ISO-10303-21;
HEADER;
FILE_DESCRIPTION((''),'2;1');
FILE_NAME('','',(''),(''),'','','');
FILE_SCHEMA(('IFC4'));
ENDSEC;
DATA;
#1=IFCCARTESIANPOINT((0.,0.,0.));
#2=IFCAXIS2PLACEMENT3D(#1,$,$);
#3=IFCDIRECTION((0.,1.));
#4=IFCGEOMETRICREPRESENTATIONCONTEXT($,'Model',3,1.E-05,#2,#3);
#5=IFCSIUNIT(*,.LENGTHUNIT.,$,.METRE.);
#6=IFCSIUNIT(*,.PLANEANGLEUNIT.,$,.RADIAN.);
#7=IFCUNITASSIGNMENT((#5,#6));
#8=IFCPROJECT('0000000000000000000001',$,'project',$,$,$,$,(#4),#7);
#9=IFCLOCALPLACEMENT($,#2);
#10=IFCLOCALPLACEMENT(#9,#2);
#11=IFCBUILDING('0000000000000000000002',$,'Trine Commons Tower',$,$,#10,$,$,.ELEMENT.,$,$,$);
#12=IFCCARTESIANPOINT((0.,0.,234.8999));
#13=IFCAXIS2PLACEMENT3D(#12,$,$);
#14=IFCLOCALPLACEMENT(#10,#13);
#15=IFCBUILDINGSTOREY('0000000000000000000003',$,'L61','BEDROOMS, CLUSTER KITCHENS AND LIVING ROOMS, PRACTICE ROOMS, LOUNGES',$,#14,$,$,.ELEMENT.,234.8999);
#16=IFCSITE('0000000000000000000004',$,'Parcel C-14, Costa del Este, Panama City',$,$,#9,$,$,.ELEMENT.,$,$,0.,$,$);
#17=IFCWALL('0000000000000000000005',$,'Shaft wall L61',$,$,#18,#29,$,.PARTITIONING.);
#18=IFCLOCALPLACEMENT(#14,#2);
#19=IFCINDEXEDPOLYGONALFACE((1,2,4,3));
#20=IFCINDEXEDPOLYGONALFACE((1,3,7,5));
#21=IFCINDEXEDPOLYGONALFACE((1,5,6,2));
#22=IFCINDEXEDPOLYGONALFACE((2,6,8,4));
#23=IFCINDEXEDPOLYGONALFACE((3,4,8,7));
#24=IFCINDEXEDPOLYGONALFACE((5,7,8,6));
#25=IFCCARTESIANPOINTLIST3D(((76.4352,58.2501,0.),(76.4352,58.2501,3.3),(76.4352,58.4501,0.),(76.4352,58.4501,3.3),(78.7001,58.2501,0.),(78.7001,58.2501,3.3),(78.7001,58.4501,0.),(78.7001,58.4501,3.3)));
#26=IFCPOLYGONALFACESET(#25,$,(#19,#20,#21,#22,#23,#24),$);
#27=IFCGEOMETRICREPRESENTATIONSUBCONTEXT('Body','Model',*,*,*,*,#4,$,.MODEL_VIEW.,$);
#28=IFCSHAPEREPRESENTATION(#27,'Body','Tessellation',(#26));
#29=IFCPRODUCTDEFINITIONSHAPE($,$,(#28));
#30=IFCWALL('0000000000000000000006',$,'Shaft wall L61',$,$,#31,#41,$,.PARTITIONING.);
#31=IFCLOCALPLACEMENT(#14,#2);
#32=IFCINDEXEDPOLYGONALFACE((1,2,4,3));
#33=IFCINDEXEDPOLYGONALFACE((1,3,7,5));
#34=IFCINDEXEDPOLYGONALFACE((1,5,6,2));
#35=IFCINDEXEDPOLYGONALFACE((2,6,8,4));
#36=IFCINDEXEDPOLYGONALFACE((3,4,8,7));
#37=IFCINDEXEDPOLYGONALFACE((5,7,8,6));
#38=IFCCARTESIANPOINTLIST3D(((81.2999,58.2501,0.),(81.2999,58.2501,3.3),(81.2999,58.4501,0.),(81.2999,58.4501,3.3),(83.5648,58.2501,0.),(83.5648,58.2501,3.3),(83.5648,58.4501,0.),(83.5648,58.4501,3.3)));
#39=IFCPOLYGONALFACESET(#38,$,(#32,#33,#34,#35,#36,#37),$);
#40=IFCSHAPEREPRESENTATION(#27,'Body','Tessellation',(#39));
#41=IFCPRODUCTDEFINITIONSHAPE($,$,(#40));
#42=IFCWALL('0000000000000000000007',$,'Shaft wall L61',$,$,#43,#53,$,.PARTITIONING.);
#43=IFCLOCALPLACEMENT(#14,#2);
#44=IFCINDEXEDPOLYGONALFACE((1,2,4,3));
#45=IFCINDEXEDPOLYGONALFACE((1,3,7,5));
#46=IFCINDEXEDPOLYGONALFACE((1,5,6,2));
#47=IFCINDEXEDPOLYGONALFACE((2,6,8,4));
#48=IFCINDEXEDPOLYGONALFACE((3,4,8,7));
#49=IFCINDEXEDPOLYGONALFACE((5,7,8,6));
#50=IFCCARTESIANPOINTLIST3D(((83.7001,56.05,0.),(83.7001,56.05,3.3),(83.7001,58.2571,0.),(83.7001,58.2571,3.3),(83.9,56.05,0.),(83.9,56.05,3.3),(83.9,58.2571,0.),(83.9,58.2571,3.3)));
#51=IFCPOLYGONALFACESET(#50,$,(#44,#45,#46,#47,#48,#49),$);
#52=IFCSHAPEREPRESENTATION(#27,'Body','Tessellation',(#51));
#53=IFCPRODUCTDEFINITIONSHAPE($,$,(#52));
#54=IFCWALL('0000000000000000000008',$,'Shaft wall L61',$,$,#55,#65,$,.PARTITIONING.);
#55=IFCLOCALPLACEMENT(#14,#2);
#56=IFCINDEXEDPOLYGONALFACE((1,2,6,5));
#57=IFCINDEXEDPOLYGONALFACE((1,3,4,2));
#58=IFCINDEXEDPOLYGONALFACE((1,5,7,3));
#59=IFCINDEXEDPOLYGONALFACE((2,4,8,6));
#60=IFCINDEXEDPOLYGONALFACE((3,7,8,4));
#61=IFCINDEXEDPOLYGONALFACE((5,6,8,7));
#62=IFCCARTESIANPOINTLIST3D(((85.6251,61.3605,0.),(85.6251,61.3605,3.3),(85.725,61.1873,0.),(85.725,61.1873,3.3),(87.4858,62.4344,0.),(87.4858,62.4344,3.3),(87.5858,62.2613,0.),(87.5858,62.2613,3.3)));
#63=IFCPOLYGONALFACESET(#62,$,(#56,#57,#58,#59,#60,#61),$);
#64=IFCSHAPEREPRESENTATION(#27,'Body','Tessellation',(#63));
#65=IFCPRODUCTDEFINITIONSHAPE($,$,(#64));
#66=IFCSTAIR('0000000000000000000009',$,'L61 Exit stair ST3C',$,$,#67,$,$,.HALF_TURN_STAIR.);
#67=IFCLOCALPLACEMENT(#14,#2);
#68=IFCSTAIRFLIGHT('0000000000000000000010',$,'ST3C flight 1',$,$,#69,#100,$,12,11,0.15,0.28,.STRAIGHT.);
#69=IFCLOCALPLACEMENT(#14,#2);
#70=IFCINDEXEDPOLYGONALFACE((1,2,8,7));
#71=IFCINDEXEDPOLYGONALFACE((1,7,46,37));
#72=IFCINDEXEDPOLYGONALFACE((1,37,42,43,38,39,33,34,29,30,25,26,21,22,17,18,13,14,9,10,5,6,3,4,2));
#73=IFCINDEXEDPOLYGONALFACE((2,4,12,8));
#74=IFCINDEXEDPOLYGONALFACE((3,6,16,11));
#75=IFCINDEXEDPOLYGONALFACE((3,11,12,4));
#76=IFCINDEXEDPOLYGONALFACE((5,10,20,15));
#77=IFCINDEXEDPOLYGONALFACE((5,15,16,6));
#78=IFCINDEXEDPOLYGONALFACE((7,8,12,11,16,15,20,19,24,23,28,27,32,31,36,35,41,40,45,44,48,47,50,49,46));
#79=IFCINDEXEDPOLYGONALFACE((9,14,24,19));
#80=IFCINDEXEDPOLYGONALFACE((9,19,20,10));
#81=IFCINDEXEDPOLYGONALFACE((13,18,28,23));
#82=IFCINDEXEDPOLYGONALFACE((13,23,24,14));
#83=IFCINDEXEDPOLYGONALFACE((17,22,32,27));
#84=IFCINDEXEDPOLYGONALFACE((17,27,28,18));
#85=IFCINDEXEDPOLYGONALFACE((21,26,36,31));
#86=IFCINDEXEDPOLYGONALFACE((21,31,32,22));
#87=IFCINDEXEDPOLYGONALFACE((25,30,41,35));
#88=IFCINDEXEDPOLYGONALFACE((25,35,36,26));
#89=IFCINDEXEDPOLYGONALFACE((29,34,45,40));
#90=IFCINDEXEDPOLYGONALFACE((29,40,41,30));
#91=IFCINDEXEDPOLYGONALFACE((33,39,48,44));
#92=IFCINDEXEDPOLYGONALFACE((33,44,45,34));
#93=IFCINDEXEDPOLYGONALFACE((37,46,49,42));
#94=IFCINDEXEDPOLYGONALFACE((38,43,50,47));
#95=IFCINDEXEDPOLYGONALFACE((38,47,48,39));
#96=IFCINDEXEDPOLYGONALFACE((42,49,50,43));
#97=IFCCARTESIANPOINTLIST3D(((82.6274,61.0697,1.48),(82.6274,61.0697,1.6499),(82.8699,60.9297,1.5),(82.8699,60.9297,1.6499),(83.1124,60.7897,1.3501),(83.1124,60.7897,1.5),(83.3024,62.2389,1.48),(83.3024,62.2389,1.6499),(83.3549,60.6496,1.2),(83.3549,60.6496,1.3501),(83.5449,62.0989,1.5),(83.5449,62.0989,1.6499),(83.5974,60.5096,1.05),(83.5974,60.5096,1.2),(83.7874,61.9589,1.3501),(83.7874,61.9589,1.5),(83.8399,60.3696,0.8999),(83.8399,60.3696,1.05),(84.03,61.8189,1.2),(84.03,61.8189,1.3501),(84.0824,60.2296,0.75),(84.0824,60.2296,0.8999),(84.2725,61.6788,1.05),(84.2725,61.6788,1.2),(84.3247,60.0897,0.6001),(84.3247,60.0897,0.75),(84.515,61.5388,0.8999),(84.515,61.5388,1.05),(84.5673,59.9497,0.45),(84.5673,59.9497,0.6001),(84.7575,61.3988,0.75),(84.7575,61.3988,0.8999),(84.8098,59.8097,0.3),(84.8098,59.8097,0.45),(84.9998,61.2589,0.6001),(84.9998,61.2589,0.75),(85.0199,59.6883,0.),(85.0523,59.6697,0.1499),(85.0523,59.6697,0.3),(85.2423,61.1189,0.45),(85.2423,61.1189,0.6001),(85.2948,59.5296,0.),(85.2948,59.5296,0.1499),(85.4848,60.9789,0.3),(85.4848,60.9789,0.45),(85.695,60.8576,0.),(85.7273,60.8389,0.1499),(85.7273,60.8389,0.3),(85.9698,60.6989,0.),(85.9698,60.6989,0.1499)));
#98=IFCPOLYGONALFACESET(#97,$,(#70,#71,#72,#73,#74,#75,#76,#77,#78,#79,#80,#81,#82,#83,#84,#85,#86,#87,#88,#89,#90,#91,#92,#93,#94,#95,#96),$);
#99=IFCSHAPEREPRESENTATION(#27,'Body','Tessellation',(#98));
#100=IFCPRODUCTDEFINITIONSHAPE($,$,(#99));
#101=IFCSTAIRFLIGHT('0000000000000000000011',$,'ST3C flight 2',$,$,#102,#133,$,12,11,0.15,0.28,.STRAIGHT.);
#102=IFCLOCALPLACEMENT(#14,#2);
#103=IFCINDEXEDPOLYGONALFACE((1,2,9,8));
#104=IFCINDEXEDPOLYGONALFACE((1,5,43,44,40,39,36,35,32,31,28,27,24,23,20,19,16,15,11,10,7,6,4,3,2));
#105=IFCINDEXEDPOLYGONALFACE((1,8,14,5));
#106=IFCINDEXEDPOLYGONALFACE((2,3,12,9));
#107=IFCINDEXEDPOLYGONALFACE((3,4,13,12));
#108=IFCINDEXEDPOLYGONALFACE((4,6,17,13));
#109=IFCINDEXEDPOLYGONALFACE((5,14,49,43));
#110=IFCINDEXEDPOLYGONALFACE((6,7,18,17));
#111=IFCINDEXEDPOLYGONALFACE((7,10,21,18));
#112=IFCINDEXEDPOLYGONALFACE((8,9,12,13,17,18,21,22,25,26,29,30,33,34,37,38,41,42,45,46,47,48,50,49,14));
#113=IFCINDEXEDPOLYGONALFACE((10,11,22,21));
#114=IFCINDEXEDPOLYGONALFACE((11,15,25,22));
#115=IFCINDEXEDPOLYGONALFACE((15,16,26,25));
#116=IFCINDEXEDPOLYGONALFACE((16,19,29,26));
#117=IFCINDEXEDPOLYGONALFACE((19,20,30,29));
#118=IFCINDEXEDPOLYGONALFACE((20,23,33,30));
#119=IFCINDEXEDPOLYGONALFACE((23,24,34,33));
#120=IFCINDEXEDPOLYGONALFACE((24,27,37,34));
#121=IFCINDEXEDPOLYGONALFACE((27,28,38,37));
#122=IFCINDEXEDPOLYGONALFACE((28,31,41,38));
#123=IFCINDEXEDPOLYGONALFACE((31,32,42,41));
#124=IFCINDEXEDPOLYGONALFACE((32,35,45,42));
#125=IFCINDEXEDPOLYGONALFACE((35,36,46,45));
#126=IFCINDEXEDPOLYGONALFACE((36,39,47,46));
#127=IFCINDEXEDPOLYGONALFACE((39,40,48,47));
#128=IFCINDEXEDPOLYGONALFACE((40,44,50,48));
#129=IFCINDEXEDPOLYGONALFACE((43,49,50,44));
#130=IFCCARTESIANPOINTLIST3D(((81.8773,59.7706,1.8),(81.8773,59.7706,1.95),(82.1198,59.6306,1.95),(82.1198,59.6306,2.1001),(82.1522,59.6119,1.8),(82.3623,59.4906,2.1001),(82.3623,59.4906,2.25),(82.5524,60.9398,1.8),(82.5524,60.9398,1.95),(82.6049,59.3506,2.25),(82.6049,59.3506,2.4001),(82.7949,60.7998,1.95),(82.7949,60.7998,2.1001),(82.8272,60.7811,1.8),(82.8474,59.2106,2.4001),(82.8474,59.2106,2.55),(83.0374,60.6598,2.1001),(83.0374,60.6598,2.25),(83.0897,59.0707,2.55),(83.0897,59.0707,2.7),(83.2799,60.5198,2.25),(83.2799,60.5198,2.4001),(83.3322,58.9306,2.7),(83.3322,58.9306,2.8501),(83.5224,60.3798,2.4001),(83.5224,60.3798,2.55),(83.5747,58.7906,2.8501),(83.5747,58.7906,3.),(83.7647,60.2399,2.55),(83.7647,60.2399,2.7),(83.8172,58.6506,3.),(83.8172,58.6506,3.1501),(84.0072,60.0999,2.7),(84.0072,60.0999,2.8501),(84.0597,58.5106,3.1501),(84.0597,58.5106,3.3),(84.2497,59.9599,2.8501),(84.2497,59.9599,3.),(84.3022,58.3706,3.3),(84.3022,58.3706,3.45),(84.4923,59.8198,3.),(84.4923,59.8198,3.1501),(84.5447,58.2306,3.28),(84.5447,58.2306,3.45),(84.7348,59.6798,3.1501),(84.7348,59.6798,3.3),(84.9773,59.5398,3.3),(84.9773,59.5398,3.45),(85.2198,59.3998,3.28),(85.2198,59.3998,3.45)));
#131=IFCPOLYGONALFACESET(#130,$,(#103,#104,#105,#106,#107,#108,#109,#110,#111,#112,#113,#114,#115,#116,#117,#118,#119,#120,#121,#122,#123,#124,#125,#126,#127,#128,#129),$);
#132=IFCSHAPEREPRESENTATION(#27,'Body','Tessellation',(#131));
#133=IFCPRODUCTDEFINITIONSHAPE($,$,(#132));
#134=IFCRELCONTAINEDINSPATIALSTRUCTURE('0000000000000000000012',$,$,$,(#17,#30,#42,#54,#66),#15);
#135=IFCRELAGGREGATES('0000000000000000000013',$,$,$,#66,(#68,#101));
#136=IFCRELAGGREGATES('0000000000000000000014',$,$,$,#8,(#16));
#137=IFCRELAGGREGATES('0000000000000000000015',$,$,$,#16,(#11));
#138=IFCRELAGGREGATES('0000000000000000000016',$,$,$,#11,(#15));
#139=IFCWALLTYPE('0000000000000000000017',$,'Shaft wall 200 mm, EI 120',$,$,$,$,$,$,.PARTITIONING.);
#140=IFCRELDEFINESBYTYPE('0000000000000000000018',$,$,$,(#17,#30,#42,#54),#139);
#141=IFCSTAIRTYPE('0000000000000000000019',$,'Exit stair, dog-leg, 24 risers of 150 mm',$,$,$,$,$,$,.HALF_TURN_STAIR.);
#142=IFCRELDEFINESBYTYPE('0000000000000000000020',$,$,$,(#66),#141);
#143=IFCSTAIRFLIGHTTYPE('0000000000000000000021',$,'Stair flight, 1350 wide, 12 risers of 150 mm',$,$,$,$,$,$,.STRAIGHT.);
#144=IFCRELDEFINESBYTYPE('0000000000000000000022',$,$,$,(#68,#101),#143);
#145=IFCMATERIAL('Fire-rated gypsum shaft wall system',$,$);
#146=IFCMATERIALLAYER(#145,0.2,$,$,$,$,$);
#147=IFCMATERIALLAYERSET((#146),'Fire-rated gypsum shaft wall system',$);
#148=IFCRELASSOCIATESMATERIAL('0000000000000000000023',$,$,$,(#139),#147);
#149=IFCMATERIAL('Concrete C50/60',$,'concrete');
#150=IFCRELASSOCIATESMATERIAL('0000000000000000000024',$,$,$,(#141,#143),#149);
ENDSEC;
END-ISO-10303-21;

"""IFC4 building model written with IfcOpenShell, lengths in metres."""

from ifc_helpers import new_model, si_unit, direction, frame, frame_2d, origin, place, context, subcontext, project, spatial, polyline, rectangle, outline, extrude, material, layer, layer_set, type_object, element, aggregate, save


model = new_model("IFC4")

# Units and contexts
model_context = context("Model", 3, precision=1e-05, world=origin(), true_north=direction((0.0, 1.0)))
body_context = subcontext(model_context, "Body", "Model", "MODEL_VIEW")
ifc_project = project(units=[si_unit("LENGTHUNIT", "METRE"), si_unit("PLANEANGLEUNIT", "RADIAN")], contexts=[model_context])

# Site, building, storey
site_placement = place(None, origin())
site = spatial("IfcSite", under=ifc_project, at=site_placement, Name="Parcel C-14, Costa del Este, Panama City", CompositionType="ELEMENT", RefElevation=0.0)
building_placement = place(site_placement, origin())
building = spatial("IfcBuilding", under=site, at=building_placement, Name="Trine Commons Tower", CompositionType="ELEMENT")
storey_placement = place(building_placement, frame((0.0, 0.0, 234.8999)))
storey = spatial("IfcBuildingStorey", under=building, at=storey_placement, Name="L61", Description="BEDROOMS, CLUSTER KITCHENS AND LIVING ROOMS, PRACTICE ROOMS, LOUNGES", CompositionType="ELEMENT", Elevation=234.8999)

# Shared definitions
ifc_material_1 = material(Name="Fire-rated gypsum shaft wall system")
ifc_material_2 = material(Name="Concrete C50/60", Category="concrete")

# Walls
ifc_layer_1 = layer(ifc_material_1, 0.2)
ifc_layer_set_1 = layer_set([ifc_layer_1], Name="Fire-rated gypsum shaft wall system")
wall_type_1 = type_object("IfcWallType", Name="Shaft wall 200 mm, EI 120", PredefinedType="PARTITIONING", material=ifc_layer_set_1)
for number, where, z_axis, x_axis, name in (
    (1, (78.7, 58.3501, 0.0), (0.0, 0.0, 1.0), (-1.0, 0.0, 0.0), "Shaft wall L61"),
    (2, (81.3, 58.3501, 0.0), (0.0, 0.0, 1.0), (1.0, 0.0, 0.0), "Shaft wall L61"),
):
    element("IfcWall", number, at=place(storey_placement, frame(where, z_axis=z_axis, x_axis=x_axis)), inside=storey, type_object=wall_type_1, Name=name, PredefinedType="PARTITIONING", context=body_context, shape_type="SweptSolid", body=[
        extrude(rectangle(XDim=2.2649, YDim=0.2, at=frame_2d((1.1323, 0.0))), origin(), (0.0, 0.0, 1.0), 3.3),
    ])
wall_1_placement = place(storey_placement, frame((83.8, 58.2571, 0.0), z_axis=(0.0, 0.0, 1.0), x_axis=(0.0, -1.0, 0.0)))
element("IfcWall", 3, at=wall_1_placement, inside=storey, type_object=wall_type_1, Name="Shaft wall L61", PredefinedType="PARTITIONING", context=body_context, shape_type="SweptSolid", body=[
    extrude(rectangle(XDim=2.207, YDim=0.2, at=frame_2d((1.1035, 0.0))), origin(), (0.0, 0.0, 1.0), 3.3),
])
wall_2_placement = place(storey_placement, frame((85.675, 61.2739, 0.0), z_axis=(0.0, 0.0, 1.0), x_axis=(0.866102, 0.499867, 0.0)))
element("IfcWall", 4, at=wall_2_placement, inside=storey, type_object=wall_type_1, Name="Shaft wall L61", PredefinedType="PARTITIONING", context=body_context, shape_type="SweptSolid", body=[
    extrude(rectangle(XDim=2.1484, YDim=0.2, at=frame_2d((1.0742, 0.0))), origin(), (0.0, 0.0, 1.0), 3.3),
])

# Stair, stair flights
stair_type = type_object("IfcStairType", Name="Exit stair, dog-leg, 24 risers of 150 mm", PredefinedType="HALF_TURN_STAIR", material=ifc_material_2)
stair_placement = place(storey_placement, origin())
stair = element("IfcStair", 5, at=stair_placement, inside=storey, type_object=stair_type, Name="L61 Exit stair ST3C", PredefinedType="HALF_TURN_STAIR")
stair_flight_type = type_object("IfcStairFlightType", Name="Stair flight, 1350 wide, 12 risers of 150 mm", PredefinedType="STRAIGHT", material=ifc_material_2)
stair_flight_1_placement = place(storey_placement, frame((85.6323, 60.1143, 0.0), z_axis=(0.0, 0.0, 1.0), x_axis=(-0.866025, 0.5, 0.0)))
stair_flight_1 = element("IfcStairFlight", 6, at=stair_flight_1_placement, type_object=stair_flight_type, Name="ST3C flight 1", NumberOfRisers=12, NumberOfTreads=11, PredefinedType="STRAIGHT", RiserHeight=0.15, TreadLength=0.28, context=body_context, shape_type="SweptSolid", body=[
    extrude(outline(polyline([(0.0, 0.0), (0.0, 0.1499), (0.28, 0.1499), (0.28, 0.3), (0.5601, 0.3), (0.5601, 0.45), (0.8401, 0.45), (0.8401, 0.6001), (1.1201, 0.6001), (1.1201, 0.75), (1.3999, 0.75), (1.3999, 0.8999), (1.6799, 0.8999), (1.6799, 1.05), (1.96, 1.05), (1.96, 1.2), (2.24, 1.2), (2.24, 1.3501), (2.52, 1.3501), (2.52, 1.5), (2.8, 1.5), (2.8, 1.6499), (3.0801, 1.6499), (3.0801, 1.8), (3.0801, 1.48), (0.3174, 0.0), (0.0, 0.0)])), frame((0.0, 0.675, 0.0), z_axis=(0.0, -1.0, 0.0), x_axis=(1.0, 0.0, 0.0)), (0.0, 0.0, 1.0), 1.3501),
])
stair_flight_2_placement = place(storey_placement, frame((82.2148, 60.3552, 1.8), z_axis=(0.0, 0.0, 1.0), x_axis=(0.866025, -0.5, 0.0)))
stair_flight_2 = element("IfcStairFlight", 7, at=stair_flight_2_placement, type_object=stair_flight_type, Name="ST3C flight 2", NumberOfRisers=12, NumberOfTreads=11, PredefinedType="STRAIGHT", RiserHeight=0.15, TreadLength=0.28, context=body_context, shape_type="SweptSolid", body=[
    extrude(outline(polyline([(0.0, 0.0), (0.0, 0.1499), (0.28, 0.1499), (0.28, 0.3), (0.5601, 0.3), (0.5601, 0.45), (0.8401, 0.45), (0.8401, 0.6001), (1.1201, 0.6001), (1.1201, 0.75), (1.3999, 0.75), (1.3999, 0.8999), (1.6799, 0.8999), (1.6799, 1.05), (1.96, 1.05), (1.96, 1.2), (2.24, 1.2), (2.24, 1.3501), (2.52, 1.3501), (2.52, 1.5), (2.8, 1.5), (2.8, 1.6499), (3.0801, 1.6499), (3.0801, 1.8), (3.0801, 1.48), (0.3174, 0.0), (0.0, 0.0)])), frame((0.0, 0.675, 0.0), z_axis=(0.0, -1.0, 0.0), x_axis=(1.0, 0.0, 0.0)), (0.0, 0.0, 1.0), 1.3501),
])
aggregate(stair, [stair_flight_1, stair_flight_2])

save(model, "model.ifc")
